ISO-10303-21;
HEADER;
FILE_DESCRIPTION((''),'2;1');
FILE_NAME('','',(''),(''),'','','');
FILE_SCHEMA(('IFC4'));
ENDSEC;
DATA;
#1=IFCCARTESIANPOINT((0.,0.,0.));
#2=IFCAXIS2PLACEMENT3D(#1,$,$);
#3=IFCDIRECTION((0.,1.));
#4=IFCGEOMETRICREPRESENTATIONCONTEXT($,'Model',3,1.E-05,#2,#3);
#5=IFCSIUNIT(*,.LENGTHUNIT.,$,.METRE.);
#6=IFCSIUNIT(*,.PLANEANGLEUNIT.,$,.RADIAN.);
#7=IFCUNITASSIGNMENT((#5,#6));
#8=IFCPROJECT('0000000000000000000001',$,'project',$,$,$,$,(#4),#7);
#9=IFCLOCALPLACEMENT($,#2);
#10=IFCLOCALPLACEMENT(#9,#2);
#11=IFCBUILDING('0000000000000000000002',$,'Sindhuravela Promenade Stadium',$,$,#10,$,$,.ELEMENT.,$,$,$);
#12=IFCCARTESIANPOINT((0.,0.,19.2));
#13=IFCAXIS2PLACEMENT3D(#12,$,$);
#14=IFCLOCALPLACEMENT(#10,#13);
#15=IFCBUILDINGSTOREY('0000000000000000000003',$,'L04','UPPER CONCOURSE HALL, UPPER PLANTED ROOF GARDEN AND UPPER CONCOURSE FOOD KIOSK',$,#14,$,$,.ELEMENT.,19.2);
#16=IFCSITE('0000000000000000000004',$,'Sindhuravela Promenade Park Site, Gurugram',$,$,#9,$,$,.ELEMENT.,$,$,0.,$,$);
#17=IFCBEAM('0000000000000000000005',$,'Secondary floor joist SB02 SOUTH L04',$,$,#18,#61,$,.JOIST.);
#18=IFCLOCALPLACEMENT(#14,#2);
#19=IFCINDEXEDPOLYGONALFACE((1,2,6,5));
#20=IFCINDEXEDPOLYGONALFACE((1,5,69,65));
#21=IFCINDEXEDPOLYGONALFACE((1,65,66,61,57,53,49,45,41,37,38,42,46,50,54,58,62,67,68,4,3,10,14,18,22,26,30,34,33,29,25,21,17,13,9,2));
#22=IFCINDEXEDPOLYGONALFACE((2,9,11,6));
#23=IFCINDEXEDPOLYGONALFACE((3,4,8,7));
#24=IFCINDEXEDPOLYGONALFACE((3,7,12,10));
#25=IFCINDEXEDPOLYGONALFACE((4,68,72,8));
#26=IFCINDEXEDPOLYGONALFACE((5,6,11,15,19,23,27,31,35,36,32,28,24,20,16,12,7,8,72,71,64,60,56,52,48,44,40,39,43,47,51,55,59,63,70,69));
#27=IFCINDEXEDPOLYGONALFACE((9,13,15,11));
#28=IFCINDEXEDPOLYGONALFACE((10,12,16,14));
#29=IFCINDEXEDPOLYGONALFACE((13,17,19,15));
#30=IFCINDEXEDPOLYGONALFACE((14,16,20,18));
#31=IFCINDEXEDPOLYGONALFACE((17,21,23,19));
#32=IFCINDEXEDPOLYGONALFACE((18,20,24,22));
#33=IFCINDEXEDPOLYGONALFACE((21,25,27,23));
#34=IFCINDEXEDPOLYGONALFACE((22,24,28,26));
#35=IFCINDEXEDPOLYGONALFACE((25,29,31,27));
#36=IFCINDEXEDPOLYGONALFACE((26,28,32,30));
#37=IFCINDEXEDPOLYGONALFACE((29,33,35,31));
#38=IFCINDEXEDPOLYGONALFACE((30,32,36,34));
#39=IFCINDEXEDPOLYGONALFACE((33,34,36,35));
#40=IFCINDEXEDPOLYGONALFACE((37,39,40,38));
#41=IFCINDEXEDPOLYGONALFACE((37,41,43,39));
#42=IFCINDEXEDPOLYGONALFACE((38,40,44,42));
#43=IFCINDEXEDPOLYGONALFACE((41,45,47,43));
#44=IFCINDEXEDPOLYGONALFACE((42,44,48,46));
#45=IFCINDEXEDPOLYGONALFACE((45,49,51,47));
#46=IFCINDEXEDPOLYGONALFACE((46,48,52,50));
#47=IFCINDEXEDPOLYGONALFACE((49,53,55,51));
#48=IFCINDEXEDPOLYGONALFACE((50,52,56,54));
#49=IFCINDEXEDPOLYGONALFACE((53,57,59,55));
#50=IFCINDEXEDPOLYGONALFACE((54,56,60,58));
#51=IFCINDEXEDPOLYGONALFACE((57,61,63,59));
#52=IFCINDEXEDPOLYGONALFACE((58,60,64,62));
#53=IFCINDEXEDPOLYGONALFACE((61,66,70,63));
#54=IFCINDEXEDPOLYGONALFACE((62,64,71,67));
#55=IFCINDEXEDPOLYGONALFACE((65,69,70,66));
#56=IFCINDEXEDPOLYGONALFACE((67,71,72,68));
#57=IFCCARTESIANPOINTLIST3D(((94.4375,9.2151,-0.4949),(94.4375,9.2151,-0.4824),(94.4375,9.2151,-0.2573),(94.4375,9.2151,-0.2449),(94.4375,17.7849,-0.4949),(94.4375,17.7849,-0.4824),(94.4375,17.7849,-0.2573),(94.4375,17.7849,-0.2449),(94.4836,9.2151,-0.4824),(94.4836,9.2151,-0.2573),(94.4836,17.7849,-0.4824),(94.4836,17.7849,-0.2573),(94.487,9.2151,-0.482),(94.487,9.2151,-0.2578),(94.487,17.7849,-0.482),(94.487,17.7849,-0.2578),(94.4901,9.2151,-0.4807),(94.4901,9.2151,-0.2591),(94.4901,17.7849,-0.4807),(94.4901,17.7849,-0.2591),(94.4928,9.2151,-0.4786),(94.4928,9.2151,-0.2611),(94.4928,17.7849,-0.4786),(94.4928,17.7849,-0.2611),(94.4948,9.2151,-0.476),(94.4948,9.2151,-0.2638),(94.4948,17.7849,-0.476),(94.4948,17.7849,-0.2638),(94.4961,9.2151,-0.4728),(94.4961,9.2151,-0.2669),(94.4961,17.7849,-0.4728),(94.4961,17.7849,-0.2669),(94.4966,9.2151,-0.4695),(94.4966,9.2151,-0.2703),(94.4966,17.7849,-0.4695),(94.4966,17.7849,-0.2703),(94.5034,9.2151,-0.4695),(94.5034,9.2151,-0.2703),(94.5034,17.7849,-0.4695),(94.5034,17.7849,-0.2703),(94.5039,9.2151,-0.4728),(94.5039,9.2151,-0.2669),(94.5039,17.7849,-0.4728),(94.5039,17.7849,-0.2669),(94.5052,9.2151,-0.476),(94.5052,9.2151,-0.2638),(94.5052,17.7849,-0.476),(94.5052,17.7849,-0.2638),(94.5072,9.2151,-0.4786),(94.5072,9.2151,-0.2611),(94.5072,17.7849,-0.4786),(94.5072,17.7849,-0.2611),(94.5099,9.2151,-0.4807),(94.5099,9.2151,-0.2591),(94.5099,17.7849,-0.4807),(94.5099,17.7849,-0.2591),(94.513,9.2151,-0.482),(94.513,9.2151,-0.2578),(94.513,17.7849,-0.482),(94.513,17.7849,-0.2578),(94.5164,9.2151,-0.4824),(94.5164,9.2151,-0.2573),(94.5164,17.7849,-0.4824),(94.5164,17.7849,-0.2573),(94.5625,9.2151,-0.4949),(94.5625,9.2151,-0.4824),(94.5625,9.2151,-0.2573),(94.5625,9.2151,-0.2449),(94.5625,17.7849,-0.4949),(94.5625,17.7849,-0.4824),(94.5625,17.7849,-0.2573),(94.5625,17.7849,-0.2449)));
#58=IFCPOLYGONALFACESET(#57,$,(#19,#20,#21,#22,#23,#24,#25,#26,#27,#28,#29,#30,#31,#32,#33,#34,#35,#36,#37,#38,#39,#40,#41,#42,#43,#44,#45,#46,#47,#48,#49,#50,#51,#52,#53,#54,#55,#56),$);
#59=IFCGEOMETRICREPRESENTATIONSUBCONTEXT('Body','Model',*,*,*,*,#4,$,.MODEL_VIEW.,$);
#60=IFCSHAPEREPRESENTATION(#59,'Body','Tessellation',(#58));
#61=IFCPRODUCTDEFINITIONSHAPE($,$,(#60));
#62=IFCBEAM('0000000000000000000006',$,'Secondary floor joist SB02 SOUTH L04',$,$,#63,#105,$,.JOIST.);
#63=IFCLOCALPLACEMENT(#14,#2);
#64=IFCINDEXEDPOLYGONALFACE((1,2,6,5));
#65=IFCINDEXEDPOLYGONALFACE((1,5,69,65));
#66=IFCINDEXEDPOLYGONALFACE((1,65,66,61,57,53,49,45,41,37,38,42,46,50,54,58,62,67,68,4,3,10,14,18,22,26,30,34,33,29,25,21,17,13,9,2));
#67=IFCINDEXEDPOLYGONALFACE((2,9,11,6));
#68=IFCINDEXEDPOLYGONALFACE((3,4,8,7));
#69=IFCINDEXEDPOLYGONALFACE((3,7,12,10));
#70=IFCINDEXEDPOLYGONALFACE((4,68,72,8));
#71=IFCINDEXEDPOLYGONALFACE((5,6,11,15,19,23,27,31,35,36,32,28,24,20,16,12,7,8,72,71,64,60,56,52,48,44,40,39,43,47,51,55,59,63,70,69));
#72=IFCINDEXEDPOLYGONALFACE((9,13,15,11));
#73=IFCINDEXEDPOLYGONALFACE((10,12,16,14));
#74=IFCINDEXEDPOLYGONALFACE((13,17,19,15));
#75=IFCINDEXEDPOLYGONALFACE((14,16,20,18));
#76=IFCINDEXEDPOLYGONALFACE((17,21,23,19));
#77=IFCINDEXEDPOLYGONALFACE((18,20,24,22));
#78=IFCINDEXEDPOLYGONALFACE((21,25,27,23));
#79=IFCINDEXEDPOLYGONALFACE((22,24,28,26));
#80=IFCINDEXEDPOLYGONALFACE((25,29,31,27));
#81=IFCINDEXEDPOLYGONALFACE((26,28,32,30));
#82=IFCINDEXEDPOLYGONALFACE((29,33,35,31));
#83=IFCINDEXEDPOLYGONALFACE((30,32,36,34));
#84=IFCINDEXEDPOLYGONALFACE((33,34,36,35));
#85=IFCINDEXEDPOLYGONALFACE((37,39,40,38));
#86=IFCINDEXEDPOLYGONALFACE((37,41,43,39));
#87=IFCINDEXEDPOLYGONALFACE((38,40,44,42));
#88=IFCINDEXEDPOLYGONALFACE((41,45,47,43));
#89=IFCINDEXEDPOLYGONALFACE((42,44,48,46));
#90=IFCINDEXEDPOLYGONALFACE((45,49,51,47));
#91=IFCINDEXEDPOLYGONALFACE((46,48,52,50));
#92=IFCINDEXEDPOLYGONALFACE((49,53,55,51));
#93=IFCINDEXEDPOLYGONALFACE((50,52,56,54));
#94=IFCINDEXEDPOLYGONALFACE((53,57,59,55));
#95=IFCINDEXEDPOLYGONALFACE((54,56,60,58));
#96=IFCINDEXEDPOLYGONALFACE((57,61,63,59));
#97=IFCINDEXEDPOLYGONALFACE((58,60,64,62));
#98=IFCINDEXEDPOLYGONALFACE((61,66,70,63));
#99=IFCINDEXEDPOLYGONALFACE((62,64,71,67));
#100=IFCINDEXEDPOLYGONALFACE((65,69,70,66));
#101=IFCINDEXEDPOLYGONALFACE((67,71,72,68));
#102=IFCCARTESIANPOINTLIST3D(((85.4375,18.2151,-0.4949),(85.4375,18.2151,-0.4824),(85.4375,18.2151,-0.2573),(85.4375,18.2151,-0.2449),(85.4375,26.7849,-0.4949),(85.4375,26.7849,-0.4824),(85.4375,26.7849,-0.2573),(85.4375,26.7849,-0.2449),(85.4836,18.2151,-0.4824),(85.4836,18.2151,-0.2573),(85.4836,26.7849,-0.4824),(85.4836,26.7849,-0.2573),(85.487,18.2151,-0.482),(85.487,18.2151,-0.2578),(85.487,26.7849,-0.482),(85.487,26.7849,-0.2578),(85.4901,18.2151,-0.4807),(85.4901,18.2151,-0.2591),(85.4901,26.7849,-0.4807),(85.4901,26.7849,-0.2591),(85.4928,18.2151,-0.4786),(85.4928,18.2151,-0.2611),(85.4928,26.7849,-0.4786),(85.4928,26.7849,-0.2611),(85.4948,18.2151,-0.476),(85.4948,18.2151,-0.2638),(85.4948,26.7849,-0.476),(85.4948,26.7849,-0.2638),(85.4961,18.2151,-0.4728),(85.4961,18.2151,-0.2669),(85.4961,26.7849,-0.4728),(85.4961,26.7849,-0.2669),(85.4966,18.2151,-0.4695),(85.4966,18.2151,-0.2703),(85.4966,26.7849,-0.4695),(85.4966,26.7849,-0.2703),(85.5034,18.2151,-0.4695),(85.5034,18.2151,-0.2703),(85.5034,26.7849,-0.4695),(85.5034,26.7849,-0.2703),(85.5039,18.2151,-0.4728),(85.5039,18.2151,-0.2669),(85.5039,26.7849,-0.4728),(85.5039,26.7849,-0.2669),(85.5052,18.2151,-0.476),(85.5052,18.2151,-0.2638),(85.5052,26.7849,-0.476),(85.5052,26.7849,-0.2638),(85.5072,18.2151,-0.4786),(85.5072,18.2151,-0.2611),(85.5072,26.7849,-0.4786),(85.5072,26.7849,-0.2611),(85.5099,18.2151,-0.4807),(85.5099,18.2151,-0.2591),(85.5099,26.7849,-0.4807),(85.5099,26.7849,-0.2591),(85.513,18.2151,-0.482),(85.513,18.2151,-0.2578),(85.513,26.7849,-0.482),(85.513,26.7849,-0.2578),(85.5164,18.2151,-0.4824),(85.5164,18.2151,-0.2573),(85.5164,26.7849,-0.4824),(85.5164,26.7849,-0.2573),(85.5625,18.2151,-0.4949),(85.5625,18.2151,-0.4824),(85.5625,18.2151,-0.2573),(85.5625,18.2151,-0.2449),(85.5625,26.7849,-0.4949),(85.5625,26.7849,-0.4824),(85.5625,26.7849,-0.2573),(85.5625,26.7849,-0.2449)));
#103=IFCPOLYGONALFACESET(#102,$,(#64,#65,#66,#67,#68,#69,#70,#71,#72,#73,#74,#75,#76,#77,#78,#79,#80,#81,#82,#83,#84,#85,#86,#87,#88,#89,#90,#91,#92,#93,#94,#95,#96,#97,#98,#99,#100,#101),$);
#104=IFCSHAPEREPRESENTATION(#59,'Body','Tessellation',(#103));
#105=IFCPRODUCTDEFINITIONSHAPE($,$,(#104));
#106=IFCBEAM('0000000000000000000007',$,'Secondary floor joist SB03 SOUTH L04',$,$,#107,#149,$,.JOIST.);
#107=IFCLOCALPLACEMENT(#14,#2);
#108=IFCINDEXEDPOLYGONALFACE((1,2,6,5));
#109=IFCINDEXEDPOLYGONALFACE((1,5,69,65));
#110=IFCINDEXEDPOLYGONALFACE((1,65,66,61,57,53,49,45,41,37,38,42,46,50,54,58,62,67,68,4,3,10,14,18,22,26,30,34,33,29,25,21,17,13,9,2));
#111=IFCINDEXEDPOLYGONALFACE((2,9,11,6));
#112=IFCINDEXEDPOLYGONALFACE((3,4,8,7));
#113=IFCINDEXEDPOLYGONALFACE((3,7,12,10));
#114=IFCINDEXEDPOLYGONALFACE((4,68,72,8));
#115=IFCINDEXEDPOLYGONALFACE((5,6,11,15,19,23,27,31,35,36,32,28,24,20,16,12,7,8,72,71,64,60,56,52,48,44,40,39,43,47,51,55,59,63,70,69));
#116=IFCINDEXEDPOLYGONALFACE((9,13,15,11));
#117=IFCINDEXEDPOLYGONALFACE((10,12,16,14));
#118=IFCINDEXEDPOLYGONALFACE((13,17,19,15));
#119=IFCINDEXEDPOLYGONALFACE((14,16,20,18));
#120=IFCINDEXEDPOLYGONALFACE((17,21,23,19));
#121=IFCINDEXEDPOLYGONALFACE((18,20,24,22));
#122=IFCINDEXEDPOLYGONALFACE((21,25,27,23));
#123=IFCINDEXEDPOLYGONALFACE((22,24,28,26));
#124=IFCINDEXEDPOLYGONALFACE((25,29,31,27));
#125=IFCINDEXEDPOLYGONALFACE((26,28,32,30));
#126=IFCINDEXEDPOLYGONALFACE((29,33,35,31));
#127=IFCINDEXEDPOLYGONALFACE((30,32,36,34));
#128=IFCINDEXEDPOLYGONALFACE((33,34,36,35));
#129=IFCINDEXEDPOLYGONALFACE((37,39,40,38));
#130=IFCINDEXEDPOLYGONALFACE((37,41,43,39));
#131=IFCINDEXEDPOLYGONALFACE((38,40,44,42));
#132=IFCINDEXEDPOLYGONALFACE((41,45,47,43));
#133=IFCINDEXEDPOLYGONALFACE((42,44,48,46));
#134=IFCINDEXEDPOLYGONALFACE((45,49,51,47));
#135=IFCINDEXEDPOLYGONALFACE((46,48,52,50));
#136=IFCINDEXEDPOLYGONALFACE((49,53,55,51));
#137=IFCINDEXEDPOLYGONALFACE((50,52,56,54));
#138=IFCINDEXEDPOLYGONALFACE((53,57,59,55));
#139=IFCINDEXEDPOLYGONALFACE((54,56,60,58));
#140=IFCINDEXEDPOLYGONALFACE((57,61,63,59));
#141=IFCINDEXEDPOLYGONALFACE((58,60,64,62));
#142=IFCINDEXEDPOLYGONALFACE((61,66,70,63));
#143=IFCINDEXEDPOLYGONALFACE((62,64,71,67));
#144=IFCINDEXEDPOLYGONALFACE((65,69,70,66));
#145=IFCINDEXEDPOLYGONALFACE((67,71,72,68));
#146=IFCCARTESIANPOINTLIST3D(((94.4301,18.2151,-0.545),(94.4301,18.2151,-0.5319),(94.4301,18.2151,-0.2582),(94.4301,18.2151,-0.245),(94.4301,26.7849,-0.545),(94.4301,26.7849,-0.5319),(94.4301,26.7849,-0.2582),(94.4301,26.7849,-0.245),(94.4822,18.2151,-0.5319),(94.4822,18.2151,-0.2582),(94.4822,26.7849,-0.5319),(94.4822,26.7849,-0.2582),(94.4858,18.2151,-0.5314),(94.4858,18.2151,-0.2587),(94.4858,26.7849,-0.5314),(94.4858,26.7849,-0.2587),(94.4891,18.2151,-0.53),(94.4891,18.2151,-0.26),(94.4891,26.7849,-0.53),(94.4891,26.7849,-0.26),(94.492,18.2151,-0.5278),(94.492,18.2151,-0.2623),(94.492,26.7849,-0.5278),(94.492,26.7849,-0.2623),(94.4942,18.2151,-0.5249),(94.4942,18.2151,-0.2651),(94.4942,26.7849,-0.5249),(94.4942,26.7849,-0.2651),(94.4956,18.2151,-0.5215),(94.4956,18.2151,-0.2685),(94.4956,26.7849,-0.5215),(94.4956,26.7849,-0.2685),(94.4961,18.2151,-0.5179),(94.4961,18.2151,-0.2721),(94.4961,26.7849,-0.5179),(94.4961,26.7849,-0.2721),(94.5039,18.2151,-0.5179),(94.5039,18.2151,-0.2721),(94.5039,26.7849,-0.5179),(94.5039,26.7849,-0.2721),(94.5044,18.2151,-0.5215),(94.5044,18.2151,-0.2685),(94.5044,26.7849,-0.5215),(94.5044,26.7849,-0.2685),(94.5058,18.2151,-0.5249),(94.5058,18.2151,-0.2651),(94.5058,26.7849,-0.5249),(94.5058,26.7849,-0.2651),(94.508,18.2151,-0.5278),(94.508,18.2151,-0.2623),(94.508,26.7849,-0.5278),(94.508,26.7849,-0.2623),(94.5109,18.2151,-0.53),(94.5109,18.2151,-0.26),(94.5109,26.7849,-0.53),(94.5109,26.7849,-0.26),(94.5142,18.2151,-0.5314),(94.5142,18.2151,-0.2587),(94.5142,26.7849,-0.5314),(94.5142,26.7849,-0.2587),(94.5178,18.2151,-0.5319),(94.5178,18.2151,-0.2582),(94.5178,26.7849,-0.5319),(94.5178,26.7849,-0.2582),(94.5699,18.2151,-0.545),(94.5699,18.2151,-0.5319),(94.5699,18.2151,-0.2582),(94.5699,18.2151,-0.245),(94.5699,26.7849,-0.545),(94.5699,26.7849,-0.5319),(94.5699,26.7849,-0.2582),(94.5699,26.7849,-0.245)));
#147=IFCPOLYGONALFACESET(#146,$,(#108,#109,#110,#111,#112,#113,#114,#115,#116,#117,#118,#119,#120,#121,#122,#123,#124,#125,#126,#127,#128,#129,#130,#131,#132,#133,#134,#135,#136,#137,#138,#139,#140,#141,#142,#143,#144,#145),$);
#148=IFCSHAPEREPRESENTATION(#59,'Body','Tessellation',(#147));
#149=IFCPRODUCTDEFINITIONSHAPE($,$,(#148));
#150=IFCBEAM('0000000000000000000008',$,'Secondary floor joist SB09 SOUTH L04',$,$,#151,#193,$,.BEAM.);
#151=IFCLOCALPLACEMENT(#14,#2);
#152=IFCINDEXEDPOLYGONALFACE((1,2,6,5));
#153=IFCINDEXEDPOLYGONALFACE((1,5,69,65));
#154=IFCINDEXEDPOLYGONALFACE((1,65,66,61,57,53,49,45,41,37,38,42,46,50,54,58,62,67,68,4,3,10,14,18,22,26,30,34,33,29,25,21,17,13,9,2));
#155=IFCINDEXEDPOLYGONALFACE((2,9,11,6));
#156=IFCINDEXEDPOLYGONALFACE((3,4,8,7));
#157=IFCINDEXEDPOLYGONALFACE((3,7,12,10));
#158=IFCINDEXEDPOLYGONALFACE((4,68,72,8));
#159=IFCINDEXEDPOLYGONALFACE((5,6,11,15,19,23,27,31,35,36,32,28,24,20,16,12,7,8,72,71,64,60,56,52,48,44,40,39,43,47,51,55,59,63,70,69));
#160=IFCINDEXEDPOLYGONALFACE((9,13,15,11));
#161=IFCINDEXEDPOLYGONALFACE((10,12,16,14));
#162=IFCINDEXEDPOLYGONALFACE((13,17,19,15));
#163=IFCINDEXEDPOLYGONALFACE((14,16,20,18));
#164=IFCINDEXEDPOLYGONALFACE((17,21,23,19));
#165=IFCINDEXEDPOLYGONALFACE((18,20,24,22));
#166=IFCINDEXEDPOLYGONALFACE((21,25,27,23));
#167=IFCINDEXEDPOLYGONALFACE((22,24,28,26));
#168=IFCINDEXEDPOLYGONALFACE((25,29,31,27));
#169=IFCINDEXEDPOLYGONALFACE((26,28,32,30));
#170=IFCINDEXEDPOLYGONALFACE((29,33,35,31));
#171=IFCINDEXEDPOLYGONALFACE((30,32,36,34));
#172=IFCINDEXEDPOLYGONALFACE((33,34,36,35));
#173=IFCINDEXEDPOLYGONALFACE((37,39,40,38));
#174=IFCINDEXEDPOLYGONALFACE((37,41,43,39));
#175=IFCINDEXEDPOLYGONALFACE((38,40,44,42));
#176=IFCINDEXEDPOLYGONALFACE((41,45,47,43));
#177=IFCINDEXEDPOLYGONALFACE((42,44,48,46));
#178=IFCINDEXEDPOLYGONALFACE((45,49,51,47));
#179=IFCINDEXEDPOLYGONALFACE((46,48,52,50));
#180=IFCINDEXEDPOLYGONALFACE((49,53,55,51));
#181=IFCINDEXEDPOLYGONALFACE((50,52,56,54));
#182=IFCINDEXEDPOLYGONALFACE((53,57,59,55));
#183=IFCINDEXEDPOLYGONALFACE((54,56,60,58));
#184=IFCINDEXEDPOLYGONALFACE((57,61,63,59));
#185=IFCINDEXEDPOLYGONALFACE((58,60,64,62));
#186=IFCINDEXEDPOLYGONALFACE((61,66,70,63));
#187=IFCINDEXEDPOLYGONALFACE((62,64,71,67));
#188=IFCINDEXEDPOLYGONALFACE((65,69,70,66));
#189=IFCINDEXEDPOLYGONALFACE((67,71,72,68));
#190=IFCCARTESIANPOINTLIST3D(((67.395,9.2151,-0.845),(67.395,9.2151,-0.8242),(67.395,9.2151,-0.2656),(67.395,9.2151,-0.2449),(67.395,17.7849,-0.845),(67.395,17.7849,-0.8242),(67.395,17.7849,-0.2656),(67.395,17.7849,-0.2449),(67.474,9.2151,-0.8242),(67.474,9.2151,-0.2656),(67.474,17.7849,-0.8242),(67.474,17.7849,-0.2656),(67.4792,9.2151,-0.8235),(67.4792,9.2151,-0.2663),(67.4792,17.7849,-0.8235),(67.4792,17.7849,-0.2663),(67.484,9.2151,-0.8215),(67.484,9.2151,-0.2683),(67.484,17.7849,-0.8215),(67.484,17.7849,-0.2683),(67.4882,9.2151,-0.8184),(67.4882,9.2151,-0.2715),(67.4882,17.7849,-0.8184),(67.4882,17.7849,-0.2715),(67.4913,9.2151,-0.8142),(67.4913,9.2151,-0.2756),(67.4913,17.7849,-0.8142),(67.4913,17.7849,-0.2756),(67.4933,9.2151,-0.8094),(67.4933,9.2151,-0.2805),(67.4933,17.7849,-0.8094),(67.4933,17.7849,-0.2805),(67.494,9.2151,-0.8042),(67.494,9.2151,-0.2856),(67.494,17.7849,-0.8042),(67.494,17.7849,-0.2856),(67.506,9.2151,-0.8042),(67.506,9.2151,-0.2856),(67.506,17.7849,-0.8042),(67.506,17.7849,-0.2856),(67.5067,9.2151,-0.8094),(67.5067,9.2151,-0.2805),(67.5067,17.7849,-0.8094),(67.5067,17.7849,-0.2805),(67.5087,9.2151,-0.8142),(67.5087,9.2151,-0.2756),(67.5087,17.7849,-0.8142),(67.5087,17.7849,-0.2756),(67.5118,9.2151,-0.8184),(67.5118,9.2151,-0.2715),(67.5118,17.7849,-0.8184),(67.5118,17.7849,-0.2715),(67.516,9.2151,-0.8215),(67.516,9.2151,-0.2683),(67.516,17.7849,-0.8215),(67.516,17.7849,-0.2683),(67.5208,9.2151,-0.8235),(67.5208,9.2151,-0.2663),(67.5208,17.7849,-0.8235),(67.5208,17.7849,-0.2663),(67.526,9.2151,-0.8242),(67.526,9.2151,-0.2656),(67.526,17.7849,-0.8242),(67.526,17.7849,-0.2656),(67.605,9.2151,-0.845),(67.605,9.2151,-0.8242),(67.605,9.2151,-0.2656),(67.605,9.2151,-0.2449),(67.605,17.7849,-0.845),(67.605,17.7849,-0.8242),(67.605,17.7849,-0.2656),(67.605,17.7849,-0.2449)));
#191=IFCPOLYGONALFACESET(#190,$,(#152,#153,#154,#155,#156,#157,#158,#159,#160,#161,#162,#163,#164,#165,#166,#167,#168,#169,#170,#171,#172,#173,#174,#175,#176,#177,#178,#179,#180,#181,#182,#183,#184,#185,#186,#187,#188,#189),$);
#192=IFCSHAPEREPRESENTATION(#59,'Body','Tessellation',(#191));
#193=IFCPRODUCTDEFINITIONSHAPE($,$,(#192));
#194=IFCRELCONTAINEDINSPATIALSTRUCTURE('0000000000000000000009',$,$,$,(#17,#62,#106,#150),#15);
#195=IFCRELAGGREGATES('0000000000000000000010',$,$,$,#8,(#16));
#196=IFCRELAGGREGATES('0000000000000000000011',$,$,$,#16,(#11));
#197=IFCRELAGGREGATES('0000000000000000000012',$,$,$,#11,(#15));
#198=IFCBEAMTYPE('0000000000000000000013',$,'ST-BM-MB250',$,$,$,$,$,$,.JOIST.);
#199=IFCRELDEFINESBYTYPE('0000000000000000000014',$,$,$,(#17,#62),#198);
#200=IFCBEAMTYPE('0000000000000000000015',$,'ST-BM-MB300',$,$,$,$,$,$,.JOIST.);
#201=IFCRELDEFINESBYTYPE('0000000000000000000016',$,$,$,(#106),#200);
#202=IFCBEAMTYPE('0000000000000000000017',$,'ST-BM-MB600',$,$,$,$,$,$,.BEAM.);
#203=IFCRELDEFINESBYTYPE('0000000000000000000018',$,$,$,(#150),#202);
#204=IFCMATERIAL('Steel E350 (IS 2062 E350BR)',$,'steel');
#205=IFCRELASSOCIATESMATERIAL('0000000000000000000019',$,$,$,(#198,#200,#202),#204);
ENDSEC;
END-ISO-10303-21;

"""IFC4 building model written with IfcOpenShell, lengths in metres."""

from ifc_helpers import new_model, si_unit, direction, frame, origin, origin_2d, place, context, subcontext, project, spatial, i_section, extrude, material, material_profile, profile_set, type_object, element, save


model = new_model("IFC4")

# Units and contexts
model_context = context("Model", 3, precision=1e-05, world=origin(), true_north=direction((0.0, 1.0)))
body_context = subcontext(model_context, "Body", "Model", "MODEL_VIEW")
ifc_project = project(units=[si_unit("LENGTHUNIT", "METRE"), si_unit("PLANEANGLEUNIT", "RADIAN")], contexts=[model_context])

# Site, building, storey
site_placement = place(None, origin())
site = spatial("IfcSite", under=ifc_project, at=site_placement, Name="Sindhuravela Promenade Park Site, Gurugram", CompositionType="ELEMENT", RefElevation=0.0)
building_placement = place(site_placement, origin())
building = spatial("IfcBuilding", under=site, at=building_placement, Name="Sindhuravela Promenade Stadium", CompositionType="ELEMENT")
storey_placement = place(building_placement, frame((0.0, 0.0, 19.2)))
storey = spatial("IfcBuildingStorey", under=building, at=storey_placement, Name="L04", Description="UPPER CONCOURSE HALL, UPPER PLANTED ROOF GARDEN AND UPPER CONCOURSE FOOD KIOSK", CompositionType="ELEMENT", Elevation=19.2)

# Shared definitions
ifc_material_1 = material(Name="Steel E350 (IS 2062 E350BR)", Category="steel")

# Beams
ifc_material_profile_1 = material_profile(ifc_material_1, i_section(OverallWidth=0.125, OverallDepth=0.25, WebThickness=0.0068, FlangeThickness=0.0125, FilletRadius=0.0129, at=origin_2d()), Name="ISMB 250")
ifc_profile_set_1 = profile_set([ifc_material_profile_1], Name="Steel E350 (IS 2062 E350BR)")
beam_type_1 = type_object("IfcBeamType", Name="ST-BM-MB250", PredefinedType="JOIST", material=ifc_profile_set_1)
for number, where, z_axis, x_axis, name in (
    (1, (94.5, 9.2151, -0.3699), (0.0, 1.0, 0.0), (-1.0, 0.0, 0.0), "Secondary floor joist SB02 SOUTH L04"),
    (2, (85.5, 18.2151, -0.3699), (0.0, 1.0, 0.0), (-1.0, 0.0, 0.0), "Secondary floor joist SB02 SOUTH L04"),
):
    element("IfcBeam", number, at=place(storey_placement, frame(where, z_axis=z_axis, x_axis=x_axis)), inside=storey, type_object=beam_type_1, Name=name, PredefinedType="JOIST", context=body_context, shape_type="SweptSolid", body=[
        extrude(i_section(OverallWidth=0.125, OverallDepth=0.25, WebThickness=0.0068, FlangeThickness=0.0125, FilletRadius=0.0129, at=origin_2d()), origin(), (0.0, 0.0, 1.0), 8.5698),
    ])
ifc_material_profile_2 = material_profile(ifc_material_1, i_section(OverallWidth=0.1399, OverallDepth=0.3, WebThickness=0.0078, FlangeThickness=0.0132, FilletRadius=0.0139, at=origin_2d()), Name="ISMB 300")
ifc_profile_set_2 = profile_set([ifc_material_profile_2], Name="Steel E350 (IS 2062 E350BR)")
beam_type_2 = type_object("IfcBeamType", Name="ST-BM-MB300", PredefinedType="JOIST", material=ifc_profile_set_2)
beam_1_placement = place(storey_placement, frame((94.5, 18.2151, -0.395), z_axis=(0.0, 1.0, 0.0), x_axis=(-1.0, 0.0, 0.0)))
element("IfcBeam", 3, at=beam_1_placement, inside=storey, type_object=beam_type_2, Name="Secondary floor joist SB03 SOUTH L04", PredefinedType="JOIST", context=body_context, shape_type="SweptSolid", body=[
    extrude(i_section(OverallWidth=0.1399, OverallDepth=0.3, WebThickness=0.0078, FlangeThickness=0.0132, FilletRadius=0.0139, at=origin_2d()), origin(), (0.0, 0.0, 1.0), 8.5698),
])
ifc_material_profile_3 = material_profile(ifc_material_1, i_section(OverallWidth=0.21, OverallDepth=0.6001, WebThickness=0.012, FlangeThickness=0.0208, FilletRadius=0.02, at=origin_2d()), Name="ISMB 600")
ifc_profile_set_3 = profile_set([ifc_material_profile_3], Name="Steel E350 (IS 2062 E350BR)")
beam_type_3 = type_object("IfcBeamType", Name="ST-BM-MB600", PredefinedType="BEAM", material=ifc_profile_set_3)
beam_2_placement = place(storey_placement, frame((67.5, 9.2151, -0.5449), z_axis=(0.0, 1.0, 0.0), x_axis=(-1.0, 0.0, 0.0)))
element("IfcBeam", 4, at=beam_2_placement, inside=storey, type_object=beam_type_3, Name="Secondary floor joist SB09 SOUTH L04", PredefinedType="BEAM", context=body_context, shape_type="SweptSolid", body=[
    extrude(i_section(OverallWidth=0.21, OverallDepth=0.6001, WebThickness=0.012, FlangeThickness=0.0208, FilletRadius=0.02, at=origin_2d()), origin(), (0.0, 0.0, 1.0), 8.5698),
])

save(model, "model.ifc")
